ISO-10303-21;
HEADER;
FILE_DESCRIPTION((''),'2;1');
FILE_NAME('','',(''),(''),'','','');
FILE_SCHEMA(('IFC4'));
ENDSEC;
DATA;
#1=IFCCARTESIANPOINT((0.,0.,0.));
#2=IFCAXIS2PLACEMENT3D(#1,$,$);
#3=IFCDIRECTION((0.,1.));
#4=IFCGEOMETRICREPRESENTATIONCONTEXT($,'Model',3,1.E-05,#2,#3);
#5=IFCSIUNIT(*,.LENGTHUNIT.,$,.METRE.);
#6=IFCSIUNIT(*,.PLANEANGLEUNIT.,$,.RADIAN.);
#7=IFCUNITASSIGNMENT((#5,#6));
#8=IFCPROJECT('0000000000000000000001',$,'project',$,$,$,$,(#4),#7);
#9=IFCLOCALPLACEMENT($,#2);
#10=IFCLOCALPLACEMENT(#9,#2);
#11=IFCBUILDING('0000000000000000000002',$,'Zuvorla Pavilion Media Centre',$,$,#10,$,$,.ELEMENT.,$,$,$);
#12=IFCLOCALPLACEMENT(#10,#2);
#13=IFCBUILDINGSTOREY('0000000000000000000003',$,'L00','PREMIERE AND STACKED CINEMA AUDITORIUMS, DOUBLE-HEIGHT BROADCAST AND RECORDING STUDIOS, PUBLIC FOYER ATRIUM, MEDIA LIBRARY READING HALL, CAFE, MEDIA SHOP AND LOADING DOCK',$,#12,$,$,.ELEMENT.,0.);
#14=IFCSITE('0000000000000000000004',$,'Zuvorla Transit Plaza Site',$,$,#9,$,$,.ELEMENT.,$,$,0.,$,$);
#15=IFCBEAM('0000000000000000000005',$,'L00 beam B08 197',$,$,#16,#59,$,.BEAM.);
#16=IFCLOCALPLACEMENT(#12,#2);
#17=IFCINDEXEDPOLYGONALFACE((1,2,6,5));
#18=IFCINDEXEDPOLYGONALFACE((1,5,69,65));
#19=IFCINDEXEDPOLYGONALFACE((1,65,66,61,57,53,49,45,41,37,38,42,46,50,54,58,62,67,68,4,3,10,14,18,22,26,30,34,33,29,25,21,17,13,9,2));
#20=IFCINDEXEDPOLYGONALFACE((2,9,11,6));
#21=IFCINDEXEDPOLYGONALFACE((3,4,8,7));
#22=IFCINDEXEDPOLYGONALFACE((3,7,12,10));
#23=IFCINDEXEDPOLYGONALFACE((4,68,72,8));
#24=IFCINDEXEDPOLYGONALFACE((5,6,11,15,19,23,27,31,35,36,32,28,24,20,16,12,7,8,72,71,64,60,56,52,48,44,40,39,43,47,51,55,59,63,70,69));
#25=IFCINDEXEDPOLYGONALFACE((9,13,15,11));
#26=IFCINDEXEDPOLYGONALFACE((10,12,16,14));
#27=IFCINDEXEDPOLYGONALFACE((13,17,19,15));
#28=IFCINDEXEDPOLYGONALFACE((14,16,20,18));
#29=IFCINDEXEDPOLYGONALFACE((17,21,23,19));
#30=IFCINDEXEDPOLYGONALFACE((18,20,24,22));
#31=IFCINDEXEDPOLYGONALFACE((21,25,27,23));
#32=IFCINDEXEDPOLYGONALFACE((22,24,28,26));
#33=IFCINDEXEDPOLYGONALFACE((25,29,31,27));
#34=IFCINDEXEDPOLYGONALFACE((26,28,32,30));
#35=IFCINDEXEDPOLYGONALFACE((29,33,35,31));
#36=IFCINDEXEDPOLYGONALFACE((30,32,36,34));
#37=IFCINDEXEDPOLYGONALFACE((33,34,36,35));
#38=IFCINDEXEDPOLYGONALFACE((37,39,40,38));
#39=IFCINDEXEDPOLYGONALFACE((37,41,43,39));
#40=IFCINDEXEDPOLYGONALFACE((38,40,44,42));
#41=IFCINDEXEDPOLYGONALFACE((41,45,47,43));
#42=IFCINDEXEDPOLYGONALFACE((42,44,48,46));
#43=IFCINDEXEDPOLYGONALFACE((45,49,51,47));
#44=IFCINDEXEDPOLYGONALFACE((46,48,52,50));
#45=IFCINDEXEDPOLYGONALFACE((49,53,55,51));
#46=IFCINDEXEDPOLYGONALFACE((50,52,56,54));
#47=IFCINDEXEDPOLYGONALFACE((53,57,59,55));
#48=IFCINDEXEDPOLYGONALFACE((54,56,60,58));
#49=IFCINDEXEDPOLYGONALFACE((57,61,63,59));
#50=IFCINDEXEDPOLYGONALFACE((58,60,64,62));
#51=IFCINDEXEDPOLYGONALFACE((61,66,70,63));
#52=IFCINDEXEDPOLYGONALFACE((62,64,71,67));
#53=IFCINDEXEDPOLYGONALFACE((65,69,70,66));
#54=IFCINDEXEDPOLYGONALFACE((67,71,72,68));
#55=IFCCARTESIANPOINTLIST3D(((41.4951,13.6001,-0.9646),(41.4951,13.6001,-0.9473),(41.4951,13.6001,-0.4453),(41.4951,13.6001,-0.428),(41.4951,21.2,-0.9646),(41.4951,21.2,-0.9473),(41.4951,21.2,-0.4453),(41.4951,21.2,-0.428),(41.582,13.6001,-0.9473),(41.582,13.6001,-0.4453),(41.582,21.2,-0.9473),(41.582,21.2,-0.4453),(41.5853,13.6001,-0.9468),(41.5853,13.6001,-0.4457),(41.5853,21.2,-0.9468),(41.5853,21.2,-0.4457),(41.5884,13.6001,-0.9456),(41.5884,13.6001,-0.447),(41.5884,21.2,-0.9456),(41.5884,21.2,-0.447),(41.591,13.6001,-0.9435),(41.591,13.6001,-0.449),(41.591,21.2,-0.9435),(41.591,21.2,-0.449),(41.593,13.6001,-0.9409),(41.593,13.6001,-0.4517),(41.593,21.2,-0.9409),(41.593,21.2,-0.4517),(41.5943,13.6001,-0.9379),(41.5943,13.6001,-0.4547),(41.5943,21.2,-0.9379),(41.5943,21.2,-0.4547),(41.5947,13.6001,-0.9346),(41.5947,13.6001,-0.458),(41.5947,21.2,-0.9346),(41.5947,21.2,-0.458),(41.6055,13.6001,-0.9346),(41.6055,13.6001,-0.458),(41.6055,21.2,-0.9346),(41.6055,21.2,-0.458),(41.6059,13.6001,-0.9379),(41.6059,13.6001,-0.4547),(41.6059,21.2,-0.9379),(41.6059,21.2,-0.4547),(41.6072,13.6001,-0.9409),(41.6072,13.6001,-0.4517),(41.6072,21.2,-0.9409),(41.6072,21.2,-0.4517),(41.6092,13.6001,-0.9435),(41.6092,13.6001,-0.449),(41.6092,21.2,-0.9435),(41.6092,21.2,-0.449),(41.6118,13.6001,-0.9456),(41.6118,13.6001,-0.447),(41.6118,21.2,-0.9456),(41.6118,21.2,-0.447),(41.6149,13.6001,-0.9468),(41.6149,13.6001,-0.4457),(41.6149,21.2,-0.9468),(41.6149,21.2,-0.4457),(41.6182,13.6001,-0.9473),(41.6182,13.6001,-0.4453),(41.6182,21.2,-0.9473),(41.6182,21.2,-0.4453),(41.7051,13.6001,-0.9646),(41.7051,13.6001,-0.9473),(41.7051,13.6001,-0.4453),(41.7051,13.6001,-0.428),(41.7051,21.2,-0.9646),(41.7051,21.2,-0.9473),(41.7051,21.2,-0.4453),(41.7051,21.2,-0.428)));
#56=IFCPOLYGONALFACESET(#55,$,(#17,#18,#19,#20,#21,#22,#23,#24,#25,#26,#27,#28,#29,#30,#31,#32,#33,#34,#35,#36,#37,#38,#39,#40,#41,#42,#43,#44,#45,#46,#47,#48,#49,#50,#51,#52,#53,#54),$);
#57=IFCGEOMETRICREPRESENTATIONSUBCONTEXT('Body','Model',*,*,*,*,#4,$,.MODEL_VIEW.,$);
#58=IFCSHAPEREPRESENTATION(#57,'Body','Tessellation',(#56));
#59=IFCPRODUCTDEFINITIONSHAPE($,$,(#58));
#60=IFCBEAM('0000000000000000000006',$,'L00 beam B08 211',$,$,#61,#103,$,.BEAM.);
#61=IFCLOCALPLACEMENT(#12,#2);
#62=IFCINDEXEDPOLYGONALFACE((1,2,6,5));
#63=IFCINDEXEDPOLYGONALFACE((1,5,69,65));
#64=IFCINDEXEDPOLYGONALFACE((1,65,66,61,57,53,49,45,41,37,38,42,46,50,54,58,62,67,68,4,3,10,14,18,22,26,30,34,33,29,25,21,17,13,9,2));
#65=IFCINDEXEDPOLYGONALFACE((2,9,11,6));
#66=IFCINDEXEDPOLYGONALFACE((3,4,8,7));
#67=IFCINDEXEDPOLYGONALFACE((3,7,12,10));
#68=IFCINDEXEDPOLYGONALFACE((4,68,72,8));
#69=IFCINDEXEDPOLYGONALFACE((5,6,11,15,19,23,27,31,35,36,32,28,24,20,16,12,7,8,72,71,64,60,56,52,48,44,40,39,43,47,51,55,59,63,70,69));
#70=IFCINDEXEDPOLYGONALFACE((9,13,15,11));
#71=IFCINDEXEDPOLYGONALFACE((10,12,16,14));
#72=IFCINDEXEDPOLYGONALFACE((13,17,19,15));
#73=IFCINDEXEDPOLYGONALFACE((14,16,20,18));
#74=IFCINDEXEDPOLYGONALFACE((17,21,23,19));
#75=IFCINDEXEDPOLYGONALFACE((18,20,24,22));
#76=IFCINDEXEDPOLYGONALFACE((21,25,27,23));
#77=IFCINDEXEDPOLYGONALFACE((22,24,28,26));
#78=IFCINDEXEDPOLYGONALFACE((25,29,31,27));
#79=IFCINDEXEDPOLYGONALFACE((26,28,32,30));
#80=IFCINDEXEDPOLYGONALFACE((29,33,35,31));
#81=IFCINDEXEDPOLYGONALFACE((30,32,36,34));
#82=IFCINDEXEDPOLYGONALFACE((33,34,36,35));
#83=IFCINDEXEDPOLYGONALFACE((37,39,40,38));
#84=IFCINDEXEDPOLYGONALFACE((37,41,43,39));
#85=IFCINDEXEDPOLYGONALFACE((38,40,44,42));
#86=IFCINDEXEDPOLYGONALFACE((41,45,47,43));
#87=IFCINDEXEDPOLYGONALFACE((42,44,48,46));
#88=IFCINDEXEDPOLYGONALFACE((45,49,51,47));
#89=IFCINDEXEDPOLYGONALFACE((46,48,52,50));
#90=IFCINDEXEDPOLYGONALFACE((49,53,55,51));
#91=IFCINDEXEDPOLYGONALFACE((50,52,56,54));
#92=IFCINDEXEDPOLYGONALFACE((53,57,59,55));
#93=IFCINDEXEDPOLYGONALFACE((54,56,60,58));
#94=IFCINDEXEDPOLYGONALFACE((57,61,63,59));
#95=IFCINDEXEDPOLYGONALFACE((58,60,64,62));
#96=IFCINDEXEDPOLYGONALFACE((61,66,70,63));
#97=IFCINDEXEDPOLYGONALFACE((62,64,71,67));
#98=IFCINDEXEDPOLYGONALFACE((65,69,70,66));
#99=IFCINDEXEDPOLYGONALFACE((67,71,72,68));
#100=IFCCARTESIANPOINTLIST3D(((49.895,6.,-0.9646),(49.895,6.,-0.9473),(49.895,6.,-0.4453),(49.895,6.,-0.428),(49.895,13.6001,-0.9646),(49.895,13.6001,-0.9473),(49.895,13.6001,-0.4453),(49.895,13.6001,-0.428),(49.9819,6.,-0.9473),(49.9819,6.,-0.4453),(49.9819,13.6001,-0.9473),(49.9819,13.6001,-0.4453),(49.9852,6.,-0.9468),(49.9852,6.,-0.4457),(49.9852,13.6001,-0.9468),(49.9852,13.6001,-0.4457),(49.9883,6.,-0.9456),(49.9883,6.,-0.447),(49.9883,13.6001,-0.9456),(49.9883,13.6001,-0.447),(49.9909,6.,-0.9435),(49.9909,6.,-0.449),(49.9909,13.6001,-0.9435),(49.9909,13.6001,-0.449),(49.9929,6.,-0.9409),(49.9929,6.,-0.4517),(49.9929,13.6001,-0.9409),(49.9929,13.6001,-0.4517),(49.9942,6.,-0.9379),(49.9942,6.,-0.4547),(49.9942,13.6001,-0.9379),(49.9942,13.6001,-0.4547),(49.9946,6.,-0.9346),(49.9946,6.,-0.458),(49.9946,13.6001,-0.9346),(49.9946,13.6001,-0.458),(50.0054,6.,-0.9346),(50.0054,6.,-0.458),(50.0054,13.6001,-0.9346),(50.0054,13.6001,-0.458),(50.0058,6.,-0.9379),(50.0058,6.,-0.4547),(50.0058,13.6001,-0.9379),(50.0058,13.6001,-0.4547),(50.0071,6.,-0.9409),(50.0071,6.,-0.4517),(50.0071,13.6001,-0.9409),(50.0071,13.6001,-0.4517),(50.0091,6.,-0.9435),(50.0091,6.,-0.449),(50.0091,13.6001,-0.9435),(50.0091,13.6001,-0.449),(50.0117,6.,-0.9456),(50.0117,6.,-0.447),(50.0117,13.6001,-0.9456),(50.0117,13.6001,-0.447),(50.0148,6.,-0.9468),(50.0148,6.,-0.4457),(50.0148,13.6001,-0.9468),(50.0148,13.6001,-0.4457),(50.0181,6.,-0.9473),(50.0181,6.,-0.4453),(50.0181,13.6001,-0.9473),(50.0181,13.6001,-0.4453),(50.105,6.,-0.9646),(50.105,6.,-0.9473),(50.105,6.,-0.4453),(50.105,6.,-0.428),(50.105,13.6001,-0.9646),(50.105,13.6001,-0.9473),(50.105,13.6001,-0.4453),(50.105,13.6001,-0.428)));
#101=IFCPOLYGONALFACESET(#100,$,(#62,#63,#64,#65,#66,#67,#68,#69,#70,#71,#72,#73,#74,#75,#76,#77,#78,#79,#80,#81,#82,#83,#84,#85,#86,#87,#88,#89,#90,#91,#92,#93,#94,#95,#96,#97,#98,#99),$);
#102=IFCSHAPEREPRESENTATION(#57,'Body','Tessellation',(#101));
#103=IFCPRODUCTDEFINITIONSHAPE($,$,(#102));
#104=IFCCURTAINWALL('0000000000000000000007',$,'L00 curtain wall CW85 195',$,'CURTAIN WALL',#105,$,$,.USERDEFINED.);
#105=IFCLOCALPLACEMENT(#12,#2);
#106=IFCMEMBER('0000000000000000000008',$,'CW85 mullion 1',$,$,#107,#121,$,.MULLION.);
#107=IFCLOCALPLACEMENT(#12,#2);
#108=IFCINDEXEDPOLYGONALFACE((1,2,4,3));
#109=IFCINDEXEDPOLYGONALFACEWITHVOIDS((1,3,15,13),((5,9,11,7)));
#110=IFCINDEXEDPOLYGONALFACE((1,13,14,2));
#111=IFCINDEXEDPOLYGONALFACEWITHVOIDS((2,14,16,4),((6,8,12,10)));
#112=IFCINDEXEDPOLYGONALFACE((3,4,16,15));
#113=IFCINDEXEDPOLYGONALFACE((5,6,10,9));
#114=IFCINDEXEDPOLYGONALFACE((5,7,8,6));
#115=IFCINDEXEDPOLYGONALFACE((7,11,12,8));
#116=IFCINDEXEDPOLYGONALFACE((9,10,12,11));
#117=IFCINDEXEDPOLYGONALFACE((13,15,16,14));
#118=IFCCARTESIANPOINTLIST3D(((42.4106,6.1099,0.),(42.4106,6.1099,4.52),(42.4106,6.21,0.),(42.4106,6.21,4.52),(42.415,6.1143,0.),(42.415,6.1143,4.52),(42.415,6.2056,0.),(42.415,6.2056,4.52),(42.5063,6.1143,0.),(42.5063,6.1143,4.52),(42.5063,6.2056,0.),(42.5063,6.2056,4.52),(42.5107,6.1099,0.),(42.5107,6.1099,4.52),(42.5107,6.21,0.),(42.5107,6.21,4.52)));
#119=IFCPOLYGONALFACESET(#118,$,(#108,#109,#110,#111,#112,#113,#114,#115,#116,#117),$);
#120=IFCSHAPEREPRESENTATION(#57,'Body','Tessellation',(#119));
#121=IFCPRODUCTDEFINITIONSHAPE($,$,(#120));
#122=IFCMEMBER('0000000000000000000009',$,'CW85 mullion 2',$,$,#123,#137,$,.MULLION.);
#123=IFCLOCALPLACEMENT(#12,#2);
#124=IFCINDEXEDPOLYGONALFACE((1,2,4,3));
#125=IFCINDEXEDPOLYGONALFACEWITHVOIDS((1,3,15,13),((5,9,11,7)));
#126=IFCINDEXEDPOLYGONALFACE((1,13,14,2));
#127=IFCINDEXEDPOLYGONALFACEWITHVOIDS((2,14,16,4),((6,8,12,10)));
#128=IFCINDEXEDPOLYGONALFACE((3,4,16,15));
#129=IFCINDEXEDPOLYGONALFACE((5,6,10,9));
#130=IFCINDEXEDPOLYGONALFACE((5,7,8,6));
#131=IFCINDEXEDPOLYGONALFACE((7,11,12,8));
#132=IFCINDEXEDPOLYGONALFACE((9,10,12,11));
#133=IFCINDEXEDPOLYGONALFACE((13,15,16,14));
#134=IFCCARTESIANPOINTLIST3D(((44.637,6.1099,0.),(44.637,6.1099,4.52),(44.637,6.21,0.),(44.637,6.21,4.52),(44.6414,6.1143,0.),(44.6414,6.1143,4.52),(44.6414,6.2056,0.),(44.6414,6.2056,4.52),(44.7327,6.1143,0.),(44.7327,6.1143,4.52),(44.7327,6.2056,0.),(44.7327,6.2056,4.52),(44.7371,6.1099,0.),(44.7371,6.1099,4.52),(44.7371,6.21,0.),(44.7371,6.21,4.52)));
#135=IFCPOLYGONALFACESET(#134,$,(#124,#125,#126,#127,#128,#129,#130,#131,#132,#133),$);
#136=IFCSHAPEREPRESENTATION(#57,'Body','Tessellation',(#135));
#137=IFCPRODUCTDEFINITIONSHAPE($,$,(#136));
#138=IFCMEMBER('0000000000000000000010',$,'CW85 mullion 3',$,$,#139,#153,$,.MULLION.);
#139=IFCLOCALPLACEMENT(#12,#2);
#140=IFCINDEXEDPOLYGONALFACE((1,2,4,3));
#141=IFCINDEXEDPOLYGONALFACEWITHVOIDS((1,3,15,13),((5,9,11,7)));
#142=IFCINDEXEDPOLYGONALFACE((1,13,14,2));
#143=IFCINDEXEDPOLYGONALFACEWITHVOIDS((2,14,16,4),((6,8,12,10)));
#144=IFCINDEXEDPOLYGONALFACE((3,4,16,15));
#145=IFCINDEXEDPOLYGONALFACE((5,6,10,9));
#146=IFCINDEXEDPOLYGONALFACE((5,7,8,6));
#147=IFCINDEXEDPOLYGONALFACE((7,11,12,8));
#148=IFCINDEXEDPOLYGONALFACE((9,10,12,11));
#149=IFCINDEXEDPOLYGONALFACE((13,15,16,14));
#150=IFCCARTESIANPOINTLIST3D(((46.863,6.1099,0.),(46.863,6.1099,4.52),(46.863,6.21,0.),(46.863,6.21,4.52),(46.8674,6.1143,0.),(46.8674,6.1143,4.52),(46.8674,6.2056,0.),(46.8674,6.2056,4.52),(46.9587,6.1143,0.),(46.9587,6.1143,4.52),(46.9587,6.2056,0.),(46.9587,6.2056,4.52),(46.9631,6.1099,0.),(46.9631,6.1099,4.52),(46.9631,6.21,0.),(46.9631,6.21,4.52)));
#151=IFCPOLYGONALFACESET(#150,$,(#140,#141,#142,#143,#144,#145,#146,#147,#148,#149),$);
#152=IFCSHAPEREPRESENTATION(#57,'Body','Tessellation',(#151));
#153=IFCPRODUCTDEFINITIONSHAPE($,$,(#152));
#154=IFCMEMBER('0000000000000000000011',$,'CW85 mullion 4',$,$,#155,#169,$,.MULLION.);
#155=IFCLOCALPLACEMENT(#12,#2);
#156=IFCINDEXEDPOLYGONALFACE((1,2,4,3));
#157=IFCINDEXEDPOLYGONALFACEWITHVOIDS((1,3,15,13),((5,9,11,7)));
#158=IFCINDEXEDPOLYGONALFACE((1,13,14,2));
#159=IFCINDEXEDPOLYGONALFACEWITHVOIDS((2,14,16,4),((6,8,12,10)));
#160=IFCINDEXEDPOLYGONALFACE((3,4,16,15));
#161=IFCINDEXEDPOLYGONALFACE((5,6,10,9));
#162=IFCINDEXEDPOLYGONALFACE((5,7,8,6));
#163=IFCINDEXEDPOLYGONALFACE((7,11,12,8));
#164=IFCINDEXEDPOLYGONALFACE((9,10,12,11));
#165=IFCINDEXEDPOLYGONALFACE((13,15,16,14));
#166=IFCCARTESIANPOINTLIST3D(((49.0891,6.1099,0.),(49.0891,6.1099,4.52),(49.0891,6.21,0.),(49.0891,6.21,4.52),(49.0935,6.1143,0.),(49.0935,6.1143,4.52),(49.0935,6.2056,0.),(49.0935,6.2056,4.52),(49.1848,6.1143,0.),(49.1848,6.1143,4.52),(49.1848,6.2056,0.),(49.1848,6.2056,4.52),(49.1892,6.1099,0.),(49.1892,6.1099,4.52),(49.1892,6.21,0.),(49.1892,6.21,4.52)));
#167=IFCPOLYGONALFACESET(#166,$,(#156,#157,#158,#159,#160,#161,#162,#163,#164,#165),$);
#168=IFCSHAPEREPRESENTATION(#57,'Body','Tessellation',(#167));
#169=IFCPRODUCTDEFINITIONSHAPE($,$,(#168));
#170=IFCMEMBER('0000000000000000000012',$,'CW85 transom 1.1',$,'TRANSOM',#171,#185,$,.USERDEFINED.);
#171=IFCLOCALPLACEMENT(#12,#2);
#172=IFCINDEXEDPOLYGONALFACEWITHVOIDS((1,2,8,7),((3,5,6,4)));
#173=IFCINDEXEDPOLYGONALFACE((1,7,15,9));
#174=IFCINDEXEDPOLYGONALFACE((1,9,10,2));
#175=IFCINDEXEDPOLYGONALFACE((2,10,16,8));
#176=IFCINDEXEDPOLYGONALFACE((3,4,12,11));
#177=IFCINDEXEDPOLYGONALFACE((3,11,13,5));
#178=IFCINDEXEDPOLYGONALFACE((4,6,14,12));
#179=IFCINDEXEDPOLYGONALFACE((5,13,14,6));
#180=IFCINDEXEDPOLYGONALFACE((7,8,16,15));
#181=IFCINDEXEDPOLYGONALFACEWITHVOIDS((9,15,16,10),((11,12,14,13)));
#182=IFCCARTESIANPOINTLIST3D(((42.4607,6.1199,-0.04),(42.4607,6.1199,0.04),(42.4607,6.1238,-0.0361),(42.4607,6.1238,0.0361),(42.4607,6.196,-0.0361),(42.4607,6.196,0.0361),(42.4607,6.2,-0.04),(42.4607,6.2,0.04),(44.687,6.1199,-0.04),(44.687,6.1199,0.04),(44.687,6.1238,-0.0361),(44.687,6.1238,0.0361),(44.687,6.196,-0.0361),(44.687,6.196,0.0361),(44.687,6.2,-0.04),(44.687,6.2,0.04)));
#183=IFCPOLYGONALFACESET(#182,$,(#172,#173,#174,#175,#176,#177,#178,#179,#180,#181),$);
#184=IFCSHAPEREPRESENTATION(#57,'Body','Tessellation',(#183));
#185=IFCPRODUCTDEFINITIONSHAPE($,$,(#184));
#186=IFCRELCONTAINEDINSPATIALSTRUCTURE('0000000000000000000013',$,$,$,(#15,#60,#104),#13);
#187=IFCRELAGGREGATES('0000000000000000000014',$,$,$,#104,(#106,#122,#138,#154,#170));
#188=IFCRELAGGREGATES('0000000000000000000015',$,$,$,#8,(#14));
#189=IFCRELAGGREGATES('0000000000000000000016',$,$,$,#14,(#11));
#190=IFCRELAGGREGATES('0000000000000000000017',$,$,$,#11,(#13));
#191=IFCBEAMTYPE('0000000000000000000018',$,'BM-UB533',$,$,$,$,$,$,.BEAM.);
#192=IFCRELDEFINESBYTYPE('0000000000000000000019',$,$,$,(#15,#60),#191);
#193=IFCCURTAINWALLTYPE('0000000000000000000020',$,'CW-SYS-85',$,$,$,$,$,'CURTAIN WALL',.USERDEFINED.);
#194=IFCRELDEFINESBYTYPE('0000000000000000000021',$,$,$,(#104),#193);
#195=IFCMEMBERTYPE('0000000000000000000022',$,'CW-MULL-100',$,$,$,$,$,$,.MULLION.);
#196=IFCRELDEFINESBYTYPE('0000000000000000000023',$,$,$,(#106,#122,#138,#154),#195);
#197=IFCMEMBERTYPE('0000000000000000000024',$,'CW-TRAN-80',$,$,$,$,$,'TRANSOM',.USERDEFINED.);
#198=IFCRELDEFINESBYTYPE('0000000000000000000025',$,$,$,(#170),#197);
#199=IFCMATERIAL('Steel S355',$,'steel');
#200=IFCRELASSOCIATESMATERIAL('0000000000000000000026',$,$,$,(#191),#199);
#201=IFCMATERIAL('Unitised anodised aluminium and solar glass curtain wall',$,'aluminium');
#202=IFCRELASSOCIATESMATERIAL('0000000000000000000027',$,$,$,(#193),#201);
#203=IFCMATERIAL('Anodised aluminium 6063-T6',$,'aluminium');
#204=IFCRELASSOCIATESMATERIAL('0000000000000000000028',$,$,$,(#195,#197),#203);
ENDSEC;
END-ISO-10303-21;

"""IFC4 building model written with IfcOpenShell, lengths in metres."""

from ifc_helpers import new_model, si_unit, direction, frame, origin, origin_2d, place, context, subcontext, project, spatial, hollow_rectangle, i_section, extrude, material, material_profile, profile_set, type_object, element, aggregate, save


model = new_model("IFC4")

# Units and contexts
model_context = context("Model", 3, precision=1e-05, world=origin(), true_north=direction((0.0, 1.0)))
body_context = subcontext(model_context, "Body", "Model", "MODEL_VIEW")
ifc_project = project(units=[si_unit("LENGTHUNIT", "METRE"), si_unit("PLANEANGLEUNIT", "RADIAN")], contexts=[model_context])

# Site, building, storey
site_placement = place(None, origin())
site = spatial("IfcSite", under=ifc_project, at=site_placement, Name="Zuvorla Transit Plaza Site", CompositionType="ELEMENT", RefElevation=0.0)
building_placement = place(site_placement, origin())
building = spatial("IfcBuilding", under=site, at=building_placement, Name="Zuvorla Pavilion Media Centre", CompositionType="ELEMENT")
storey_placement = place(building_placement, origin())
storey = spatial("IfcBuildingStorey", under=building, at=storey_placement, Name="L00", Description="PREMIERE AND STACKED CINEMA AUDITORIUMS, DOUBLE-HEIGHT BROADCAST AND RECORDING STUDIOS, PUBLIC FOYER ATRIUM, MEDIA LIBRARY READING HALL, CAFE, MEDIA SHOP AND LOADING DOCK", CompositionType="ELEMENT", Elevation=0.0)

# Beams
ifc_material_1 = material(Name="Steel S355", Category="steel")
ifc_material_profile_1 = material_profile(ifc_material_1, i_section(OverallWidth=0.21, OverallDepth=0.5366, WebThickness=0.0107, FlangeThickness=0.0173, FilletRadius=0.0127, at=origin_2d()), Name="UB 533x210x101")
ifc_profile_set_1 = profile_set([ifc_material_profile_1], Name="Steel S355")
beam_type_1 = type_object("IfcBeamType", Name="BM-UB533", PredefinedType="BEAM", material=ifc_profile_set_1)
beam_1_placement = place(storey_placement, frame((41.6001, 13.6001, -0.6963), z_axis=(0.0, 1.0, 0.0), x_axis=(-1.0, 0.0, 0.0)))
element("IfcBeam", 1, at=beam_1_placement, inside=storey, type_object=beam_type_1, Name="L00 beam B08 197", PredefinedType="BEAM", context=body_context, shape_type="SweptSolid", body=[
    extrude(i_section(OverallWidth=0.21, OverallDepth=0.5366, WebThickness=0.0107, FlangeThickness=0.0173, FilletRadius=0.0127, at=origin_2d()), origin(), (0.0, 0.0, 1.0), 7.5999),
])
beam_2_placement = place(storey_placement, frame((50.0, 6.0, -0.6963), z_axis=(0.0, 1.0, 0.0), x_axis=(-1.0, 0.0, 0.0)))
element("IfcBeam", 2, at=beam_2_placement, inside=storey, type_object=beam_type_1, Name="L00 beam B08 211", PredefinedType="BEAM", context=body_context, shape_type="SweptSolid", body=[
    extrude(i_section(OverallWidth=0.21, OverallDepth=0.5366, WebThickness=0.0107, FlangeThickness=0.0173, FilletRadius=0.0127, at=origin_2d()), origin(), (0.0, 0.0, 1.0), 7.6001),
])

# Curtain wall, members
ifc_material_2 = material(Name="Unitised anodised aluminium and solar glass curtain wall", Category="aluminium")
curtain_wall_type = type_object("IfcCurtainWallType", Name="CW-SYS-85", ElementType="CURTAIN WALL", PredefinedType="USERDEFINED", material=ifc_material_2)
curtain_wall_placement = place(storey_placement, origin())
curtain_wall = element("IfcCurtainWall", 3, at=curtain_wall_placement, inside=storey, type_object=curtain_wall_type, Name="L00 curtain wall CW85 195", ObjectType="CURTAIN WALL", PredefinedType="USERDEFINED")
ifc_material_3 = material(Name="Anodised aluminium 6063-T6", Category="aluminium")
ifc_material_profile_2 = material_profile(ifc_material_3, hollow_rectangle(XDim=0.1001, YDim=0.1001, WallThickness=0.0044, at=origin_2d()), Name="ALU MULL 100x100")
ifc_profile_set_2 = profile_set([ifc_material_profile_2], Name="Anodised aluminium 6063-T6")
member_type_1 = type_object("IfcMemberType", Name="CW-MULL-100", PredefinedType="MULLION", material=ifc_profile_set_2)
member_1_placement = place(storey_placement, frame((42.4607, 6.1599, 0.0), z_axis=(0.0, 0.0, 1.0), x_axis=(1.0, 0.0, 0.0)))
member_1 = element("IfcMember", 4, at=member_1_placement, type_object=member_type_1, Name="CW85 mullion 1", PredefinedType="MULLION", context=body_context, shape_type="SweptSolid", body=[
    extrude(hollow_rectangle(XDim=0.1001, YDim=0.1001, WallThickness=0.0044, at=origin_2d()), origin(), (0.0, 0.0, 1.0), 4.52),
])
member_2_placement = place(storey_placement, frame((44.687, 6.1599, 0.0), z_axis=(0.0, 0.0, 1.0), x_axis=(1.0, 0.0, 0.0)))
member_2 = element("IfcMember", 5, at=member_2_placement, type_object=member_type_1, Name="CW85 mullion 2", PredefinedType="MULLION", context=body_context, shape_type="SweptSolid", body=[
    extrude(hollow_rectangle(XDim=0.1001, YDim=0.1001, WallThickness=0.0044, at=origin_2d()), origin(), (0.0, 0.0, 1.0), 4.52),
])
member_3_placement = place(storey_placement, frame((46.9131, 6.1599, 0.0), z_axis=(0.0, 0.0, 1.0), x_axis=(1.0, 0.0, 0.0)))
member_3 = element("IfcMember", 6, at=member_3_placement, type_object=member_type_1, Name="CW85 mullion 3", PredefinedType="MULLION", context=body_context, shape_type="SweptSolid", body=[
    extrude(hollow_rectangle(XDim=0.1001, YDim=0.1001, WallThickness=0.0044, at=origin_2d()), origin(), (0.0, 0.0, 1.0), 4.52),
])
member_4_placement = place(storey_placement, frame((49.1392, 6.1599, 0.0), z_axis=(0.0, 0.0, 1.0), x_axis=(1.0, 0.0, 0.0)))
member_4 = element("IfcMember", 7, at=member_4_placement, type_object=member_type_1, Name="CW85 mullion 4", PredefinedType="MULLION", context=body_context, shape_type="SweptSolid", body=[
    extrude(hollow_rectangle(XDim=0.1001, YDim=0.1001, WallThickness=0.0044, at=origin_2d()), origin(), (0.0, 0.0, 1.0), 4.52),
])
ifc_material_profile_3 = material_profile(ifc_material_3, hollow_rectangle(XDim=0.0801, YDim=0.0801, WallThickness=0.0039, at=origin_2d()), Name="ALU TRAN 80x80")
ifc_profile_set_3 = profile_set([ifc_material_profile_3], Name="Anodised aluminium 6063-T6")
member_type_2 = type_object("IfcMemberType", Name="CW-TRAN-80", ElementType="TRANSOM", PredefinedType="USERDEFINED", material=ifc_profile_set_3)
member_5_placement = place(storey_placement, frame((42.4607, 6.1599, 0.0), z_axis=(1.0, 0.0, 0.0), x_axis=(0.0, 1.0, 0.0)))
member_5 = element("IfcMember", 8, at=member_5_placement, type_object=member_type_2, Name="CW85 transom 1.1", ObjectType="TRANSOM", PredefinedType="USERDEFINED", context=body_context, shape_type="SweptSolid", body=[
    extrude(hollow_rectangle(XDim=0.0801, YDim=0.0801, WallThickness=0.0039, at=origin_2d()), origin(), (0.0, 0.0, 1.0), 2.2263),
])
aggregate(curtain_wall, [member_1, member_2, member_3, member_4, member_5])

save(model, "model.ifc")
